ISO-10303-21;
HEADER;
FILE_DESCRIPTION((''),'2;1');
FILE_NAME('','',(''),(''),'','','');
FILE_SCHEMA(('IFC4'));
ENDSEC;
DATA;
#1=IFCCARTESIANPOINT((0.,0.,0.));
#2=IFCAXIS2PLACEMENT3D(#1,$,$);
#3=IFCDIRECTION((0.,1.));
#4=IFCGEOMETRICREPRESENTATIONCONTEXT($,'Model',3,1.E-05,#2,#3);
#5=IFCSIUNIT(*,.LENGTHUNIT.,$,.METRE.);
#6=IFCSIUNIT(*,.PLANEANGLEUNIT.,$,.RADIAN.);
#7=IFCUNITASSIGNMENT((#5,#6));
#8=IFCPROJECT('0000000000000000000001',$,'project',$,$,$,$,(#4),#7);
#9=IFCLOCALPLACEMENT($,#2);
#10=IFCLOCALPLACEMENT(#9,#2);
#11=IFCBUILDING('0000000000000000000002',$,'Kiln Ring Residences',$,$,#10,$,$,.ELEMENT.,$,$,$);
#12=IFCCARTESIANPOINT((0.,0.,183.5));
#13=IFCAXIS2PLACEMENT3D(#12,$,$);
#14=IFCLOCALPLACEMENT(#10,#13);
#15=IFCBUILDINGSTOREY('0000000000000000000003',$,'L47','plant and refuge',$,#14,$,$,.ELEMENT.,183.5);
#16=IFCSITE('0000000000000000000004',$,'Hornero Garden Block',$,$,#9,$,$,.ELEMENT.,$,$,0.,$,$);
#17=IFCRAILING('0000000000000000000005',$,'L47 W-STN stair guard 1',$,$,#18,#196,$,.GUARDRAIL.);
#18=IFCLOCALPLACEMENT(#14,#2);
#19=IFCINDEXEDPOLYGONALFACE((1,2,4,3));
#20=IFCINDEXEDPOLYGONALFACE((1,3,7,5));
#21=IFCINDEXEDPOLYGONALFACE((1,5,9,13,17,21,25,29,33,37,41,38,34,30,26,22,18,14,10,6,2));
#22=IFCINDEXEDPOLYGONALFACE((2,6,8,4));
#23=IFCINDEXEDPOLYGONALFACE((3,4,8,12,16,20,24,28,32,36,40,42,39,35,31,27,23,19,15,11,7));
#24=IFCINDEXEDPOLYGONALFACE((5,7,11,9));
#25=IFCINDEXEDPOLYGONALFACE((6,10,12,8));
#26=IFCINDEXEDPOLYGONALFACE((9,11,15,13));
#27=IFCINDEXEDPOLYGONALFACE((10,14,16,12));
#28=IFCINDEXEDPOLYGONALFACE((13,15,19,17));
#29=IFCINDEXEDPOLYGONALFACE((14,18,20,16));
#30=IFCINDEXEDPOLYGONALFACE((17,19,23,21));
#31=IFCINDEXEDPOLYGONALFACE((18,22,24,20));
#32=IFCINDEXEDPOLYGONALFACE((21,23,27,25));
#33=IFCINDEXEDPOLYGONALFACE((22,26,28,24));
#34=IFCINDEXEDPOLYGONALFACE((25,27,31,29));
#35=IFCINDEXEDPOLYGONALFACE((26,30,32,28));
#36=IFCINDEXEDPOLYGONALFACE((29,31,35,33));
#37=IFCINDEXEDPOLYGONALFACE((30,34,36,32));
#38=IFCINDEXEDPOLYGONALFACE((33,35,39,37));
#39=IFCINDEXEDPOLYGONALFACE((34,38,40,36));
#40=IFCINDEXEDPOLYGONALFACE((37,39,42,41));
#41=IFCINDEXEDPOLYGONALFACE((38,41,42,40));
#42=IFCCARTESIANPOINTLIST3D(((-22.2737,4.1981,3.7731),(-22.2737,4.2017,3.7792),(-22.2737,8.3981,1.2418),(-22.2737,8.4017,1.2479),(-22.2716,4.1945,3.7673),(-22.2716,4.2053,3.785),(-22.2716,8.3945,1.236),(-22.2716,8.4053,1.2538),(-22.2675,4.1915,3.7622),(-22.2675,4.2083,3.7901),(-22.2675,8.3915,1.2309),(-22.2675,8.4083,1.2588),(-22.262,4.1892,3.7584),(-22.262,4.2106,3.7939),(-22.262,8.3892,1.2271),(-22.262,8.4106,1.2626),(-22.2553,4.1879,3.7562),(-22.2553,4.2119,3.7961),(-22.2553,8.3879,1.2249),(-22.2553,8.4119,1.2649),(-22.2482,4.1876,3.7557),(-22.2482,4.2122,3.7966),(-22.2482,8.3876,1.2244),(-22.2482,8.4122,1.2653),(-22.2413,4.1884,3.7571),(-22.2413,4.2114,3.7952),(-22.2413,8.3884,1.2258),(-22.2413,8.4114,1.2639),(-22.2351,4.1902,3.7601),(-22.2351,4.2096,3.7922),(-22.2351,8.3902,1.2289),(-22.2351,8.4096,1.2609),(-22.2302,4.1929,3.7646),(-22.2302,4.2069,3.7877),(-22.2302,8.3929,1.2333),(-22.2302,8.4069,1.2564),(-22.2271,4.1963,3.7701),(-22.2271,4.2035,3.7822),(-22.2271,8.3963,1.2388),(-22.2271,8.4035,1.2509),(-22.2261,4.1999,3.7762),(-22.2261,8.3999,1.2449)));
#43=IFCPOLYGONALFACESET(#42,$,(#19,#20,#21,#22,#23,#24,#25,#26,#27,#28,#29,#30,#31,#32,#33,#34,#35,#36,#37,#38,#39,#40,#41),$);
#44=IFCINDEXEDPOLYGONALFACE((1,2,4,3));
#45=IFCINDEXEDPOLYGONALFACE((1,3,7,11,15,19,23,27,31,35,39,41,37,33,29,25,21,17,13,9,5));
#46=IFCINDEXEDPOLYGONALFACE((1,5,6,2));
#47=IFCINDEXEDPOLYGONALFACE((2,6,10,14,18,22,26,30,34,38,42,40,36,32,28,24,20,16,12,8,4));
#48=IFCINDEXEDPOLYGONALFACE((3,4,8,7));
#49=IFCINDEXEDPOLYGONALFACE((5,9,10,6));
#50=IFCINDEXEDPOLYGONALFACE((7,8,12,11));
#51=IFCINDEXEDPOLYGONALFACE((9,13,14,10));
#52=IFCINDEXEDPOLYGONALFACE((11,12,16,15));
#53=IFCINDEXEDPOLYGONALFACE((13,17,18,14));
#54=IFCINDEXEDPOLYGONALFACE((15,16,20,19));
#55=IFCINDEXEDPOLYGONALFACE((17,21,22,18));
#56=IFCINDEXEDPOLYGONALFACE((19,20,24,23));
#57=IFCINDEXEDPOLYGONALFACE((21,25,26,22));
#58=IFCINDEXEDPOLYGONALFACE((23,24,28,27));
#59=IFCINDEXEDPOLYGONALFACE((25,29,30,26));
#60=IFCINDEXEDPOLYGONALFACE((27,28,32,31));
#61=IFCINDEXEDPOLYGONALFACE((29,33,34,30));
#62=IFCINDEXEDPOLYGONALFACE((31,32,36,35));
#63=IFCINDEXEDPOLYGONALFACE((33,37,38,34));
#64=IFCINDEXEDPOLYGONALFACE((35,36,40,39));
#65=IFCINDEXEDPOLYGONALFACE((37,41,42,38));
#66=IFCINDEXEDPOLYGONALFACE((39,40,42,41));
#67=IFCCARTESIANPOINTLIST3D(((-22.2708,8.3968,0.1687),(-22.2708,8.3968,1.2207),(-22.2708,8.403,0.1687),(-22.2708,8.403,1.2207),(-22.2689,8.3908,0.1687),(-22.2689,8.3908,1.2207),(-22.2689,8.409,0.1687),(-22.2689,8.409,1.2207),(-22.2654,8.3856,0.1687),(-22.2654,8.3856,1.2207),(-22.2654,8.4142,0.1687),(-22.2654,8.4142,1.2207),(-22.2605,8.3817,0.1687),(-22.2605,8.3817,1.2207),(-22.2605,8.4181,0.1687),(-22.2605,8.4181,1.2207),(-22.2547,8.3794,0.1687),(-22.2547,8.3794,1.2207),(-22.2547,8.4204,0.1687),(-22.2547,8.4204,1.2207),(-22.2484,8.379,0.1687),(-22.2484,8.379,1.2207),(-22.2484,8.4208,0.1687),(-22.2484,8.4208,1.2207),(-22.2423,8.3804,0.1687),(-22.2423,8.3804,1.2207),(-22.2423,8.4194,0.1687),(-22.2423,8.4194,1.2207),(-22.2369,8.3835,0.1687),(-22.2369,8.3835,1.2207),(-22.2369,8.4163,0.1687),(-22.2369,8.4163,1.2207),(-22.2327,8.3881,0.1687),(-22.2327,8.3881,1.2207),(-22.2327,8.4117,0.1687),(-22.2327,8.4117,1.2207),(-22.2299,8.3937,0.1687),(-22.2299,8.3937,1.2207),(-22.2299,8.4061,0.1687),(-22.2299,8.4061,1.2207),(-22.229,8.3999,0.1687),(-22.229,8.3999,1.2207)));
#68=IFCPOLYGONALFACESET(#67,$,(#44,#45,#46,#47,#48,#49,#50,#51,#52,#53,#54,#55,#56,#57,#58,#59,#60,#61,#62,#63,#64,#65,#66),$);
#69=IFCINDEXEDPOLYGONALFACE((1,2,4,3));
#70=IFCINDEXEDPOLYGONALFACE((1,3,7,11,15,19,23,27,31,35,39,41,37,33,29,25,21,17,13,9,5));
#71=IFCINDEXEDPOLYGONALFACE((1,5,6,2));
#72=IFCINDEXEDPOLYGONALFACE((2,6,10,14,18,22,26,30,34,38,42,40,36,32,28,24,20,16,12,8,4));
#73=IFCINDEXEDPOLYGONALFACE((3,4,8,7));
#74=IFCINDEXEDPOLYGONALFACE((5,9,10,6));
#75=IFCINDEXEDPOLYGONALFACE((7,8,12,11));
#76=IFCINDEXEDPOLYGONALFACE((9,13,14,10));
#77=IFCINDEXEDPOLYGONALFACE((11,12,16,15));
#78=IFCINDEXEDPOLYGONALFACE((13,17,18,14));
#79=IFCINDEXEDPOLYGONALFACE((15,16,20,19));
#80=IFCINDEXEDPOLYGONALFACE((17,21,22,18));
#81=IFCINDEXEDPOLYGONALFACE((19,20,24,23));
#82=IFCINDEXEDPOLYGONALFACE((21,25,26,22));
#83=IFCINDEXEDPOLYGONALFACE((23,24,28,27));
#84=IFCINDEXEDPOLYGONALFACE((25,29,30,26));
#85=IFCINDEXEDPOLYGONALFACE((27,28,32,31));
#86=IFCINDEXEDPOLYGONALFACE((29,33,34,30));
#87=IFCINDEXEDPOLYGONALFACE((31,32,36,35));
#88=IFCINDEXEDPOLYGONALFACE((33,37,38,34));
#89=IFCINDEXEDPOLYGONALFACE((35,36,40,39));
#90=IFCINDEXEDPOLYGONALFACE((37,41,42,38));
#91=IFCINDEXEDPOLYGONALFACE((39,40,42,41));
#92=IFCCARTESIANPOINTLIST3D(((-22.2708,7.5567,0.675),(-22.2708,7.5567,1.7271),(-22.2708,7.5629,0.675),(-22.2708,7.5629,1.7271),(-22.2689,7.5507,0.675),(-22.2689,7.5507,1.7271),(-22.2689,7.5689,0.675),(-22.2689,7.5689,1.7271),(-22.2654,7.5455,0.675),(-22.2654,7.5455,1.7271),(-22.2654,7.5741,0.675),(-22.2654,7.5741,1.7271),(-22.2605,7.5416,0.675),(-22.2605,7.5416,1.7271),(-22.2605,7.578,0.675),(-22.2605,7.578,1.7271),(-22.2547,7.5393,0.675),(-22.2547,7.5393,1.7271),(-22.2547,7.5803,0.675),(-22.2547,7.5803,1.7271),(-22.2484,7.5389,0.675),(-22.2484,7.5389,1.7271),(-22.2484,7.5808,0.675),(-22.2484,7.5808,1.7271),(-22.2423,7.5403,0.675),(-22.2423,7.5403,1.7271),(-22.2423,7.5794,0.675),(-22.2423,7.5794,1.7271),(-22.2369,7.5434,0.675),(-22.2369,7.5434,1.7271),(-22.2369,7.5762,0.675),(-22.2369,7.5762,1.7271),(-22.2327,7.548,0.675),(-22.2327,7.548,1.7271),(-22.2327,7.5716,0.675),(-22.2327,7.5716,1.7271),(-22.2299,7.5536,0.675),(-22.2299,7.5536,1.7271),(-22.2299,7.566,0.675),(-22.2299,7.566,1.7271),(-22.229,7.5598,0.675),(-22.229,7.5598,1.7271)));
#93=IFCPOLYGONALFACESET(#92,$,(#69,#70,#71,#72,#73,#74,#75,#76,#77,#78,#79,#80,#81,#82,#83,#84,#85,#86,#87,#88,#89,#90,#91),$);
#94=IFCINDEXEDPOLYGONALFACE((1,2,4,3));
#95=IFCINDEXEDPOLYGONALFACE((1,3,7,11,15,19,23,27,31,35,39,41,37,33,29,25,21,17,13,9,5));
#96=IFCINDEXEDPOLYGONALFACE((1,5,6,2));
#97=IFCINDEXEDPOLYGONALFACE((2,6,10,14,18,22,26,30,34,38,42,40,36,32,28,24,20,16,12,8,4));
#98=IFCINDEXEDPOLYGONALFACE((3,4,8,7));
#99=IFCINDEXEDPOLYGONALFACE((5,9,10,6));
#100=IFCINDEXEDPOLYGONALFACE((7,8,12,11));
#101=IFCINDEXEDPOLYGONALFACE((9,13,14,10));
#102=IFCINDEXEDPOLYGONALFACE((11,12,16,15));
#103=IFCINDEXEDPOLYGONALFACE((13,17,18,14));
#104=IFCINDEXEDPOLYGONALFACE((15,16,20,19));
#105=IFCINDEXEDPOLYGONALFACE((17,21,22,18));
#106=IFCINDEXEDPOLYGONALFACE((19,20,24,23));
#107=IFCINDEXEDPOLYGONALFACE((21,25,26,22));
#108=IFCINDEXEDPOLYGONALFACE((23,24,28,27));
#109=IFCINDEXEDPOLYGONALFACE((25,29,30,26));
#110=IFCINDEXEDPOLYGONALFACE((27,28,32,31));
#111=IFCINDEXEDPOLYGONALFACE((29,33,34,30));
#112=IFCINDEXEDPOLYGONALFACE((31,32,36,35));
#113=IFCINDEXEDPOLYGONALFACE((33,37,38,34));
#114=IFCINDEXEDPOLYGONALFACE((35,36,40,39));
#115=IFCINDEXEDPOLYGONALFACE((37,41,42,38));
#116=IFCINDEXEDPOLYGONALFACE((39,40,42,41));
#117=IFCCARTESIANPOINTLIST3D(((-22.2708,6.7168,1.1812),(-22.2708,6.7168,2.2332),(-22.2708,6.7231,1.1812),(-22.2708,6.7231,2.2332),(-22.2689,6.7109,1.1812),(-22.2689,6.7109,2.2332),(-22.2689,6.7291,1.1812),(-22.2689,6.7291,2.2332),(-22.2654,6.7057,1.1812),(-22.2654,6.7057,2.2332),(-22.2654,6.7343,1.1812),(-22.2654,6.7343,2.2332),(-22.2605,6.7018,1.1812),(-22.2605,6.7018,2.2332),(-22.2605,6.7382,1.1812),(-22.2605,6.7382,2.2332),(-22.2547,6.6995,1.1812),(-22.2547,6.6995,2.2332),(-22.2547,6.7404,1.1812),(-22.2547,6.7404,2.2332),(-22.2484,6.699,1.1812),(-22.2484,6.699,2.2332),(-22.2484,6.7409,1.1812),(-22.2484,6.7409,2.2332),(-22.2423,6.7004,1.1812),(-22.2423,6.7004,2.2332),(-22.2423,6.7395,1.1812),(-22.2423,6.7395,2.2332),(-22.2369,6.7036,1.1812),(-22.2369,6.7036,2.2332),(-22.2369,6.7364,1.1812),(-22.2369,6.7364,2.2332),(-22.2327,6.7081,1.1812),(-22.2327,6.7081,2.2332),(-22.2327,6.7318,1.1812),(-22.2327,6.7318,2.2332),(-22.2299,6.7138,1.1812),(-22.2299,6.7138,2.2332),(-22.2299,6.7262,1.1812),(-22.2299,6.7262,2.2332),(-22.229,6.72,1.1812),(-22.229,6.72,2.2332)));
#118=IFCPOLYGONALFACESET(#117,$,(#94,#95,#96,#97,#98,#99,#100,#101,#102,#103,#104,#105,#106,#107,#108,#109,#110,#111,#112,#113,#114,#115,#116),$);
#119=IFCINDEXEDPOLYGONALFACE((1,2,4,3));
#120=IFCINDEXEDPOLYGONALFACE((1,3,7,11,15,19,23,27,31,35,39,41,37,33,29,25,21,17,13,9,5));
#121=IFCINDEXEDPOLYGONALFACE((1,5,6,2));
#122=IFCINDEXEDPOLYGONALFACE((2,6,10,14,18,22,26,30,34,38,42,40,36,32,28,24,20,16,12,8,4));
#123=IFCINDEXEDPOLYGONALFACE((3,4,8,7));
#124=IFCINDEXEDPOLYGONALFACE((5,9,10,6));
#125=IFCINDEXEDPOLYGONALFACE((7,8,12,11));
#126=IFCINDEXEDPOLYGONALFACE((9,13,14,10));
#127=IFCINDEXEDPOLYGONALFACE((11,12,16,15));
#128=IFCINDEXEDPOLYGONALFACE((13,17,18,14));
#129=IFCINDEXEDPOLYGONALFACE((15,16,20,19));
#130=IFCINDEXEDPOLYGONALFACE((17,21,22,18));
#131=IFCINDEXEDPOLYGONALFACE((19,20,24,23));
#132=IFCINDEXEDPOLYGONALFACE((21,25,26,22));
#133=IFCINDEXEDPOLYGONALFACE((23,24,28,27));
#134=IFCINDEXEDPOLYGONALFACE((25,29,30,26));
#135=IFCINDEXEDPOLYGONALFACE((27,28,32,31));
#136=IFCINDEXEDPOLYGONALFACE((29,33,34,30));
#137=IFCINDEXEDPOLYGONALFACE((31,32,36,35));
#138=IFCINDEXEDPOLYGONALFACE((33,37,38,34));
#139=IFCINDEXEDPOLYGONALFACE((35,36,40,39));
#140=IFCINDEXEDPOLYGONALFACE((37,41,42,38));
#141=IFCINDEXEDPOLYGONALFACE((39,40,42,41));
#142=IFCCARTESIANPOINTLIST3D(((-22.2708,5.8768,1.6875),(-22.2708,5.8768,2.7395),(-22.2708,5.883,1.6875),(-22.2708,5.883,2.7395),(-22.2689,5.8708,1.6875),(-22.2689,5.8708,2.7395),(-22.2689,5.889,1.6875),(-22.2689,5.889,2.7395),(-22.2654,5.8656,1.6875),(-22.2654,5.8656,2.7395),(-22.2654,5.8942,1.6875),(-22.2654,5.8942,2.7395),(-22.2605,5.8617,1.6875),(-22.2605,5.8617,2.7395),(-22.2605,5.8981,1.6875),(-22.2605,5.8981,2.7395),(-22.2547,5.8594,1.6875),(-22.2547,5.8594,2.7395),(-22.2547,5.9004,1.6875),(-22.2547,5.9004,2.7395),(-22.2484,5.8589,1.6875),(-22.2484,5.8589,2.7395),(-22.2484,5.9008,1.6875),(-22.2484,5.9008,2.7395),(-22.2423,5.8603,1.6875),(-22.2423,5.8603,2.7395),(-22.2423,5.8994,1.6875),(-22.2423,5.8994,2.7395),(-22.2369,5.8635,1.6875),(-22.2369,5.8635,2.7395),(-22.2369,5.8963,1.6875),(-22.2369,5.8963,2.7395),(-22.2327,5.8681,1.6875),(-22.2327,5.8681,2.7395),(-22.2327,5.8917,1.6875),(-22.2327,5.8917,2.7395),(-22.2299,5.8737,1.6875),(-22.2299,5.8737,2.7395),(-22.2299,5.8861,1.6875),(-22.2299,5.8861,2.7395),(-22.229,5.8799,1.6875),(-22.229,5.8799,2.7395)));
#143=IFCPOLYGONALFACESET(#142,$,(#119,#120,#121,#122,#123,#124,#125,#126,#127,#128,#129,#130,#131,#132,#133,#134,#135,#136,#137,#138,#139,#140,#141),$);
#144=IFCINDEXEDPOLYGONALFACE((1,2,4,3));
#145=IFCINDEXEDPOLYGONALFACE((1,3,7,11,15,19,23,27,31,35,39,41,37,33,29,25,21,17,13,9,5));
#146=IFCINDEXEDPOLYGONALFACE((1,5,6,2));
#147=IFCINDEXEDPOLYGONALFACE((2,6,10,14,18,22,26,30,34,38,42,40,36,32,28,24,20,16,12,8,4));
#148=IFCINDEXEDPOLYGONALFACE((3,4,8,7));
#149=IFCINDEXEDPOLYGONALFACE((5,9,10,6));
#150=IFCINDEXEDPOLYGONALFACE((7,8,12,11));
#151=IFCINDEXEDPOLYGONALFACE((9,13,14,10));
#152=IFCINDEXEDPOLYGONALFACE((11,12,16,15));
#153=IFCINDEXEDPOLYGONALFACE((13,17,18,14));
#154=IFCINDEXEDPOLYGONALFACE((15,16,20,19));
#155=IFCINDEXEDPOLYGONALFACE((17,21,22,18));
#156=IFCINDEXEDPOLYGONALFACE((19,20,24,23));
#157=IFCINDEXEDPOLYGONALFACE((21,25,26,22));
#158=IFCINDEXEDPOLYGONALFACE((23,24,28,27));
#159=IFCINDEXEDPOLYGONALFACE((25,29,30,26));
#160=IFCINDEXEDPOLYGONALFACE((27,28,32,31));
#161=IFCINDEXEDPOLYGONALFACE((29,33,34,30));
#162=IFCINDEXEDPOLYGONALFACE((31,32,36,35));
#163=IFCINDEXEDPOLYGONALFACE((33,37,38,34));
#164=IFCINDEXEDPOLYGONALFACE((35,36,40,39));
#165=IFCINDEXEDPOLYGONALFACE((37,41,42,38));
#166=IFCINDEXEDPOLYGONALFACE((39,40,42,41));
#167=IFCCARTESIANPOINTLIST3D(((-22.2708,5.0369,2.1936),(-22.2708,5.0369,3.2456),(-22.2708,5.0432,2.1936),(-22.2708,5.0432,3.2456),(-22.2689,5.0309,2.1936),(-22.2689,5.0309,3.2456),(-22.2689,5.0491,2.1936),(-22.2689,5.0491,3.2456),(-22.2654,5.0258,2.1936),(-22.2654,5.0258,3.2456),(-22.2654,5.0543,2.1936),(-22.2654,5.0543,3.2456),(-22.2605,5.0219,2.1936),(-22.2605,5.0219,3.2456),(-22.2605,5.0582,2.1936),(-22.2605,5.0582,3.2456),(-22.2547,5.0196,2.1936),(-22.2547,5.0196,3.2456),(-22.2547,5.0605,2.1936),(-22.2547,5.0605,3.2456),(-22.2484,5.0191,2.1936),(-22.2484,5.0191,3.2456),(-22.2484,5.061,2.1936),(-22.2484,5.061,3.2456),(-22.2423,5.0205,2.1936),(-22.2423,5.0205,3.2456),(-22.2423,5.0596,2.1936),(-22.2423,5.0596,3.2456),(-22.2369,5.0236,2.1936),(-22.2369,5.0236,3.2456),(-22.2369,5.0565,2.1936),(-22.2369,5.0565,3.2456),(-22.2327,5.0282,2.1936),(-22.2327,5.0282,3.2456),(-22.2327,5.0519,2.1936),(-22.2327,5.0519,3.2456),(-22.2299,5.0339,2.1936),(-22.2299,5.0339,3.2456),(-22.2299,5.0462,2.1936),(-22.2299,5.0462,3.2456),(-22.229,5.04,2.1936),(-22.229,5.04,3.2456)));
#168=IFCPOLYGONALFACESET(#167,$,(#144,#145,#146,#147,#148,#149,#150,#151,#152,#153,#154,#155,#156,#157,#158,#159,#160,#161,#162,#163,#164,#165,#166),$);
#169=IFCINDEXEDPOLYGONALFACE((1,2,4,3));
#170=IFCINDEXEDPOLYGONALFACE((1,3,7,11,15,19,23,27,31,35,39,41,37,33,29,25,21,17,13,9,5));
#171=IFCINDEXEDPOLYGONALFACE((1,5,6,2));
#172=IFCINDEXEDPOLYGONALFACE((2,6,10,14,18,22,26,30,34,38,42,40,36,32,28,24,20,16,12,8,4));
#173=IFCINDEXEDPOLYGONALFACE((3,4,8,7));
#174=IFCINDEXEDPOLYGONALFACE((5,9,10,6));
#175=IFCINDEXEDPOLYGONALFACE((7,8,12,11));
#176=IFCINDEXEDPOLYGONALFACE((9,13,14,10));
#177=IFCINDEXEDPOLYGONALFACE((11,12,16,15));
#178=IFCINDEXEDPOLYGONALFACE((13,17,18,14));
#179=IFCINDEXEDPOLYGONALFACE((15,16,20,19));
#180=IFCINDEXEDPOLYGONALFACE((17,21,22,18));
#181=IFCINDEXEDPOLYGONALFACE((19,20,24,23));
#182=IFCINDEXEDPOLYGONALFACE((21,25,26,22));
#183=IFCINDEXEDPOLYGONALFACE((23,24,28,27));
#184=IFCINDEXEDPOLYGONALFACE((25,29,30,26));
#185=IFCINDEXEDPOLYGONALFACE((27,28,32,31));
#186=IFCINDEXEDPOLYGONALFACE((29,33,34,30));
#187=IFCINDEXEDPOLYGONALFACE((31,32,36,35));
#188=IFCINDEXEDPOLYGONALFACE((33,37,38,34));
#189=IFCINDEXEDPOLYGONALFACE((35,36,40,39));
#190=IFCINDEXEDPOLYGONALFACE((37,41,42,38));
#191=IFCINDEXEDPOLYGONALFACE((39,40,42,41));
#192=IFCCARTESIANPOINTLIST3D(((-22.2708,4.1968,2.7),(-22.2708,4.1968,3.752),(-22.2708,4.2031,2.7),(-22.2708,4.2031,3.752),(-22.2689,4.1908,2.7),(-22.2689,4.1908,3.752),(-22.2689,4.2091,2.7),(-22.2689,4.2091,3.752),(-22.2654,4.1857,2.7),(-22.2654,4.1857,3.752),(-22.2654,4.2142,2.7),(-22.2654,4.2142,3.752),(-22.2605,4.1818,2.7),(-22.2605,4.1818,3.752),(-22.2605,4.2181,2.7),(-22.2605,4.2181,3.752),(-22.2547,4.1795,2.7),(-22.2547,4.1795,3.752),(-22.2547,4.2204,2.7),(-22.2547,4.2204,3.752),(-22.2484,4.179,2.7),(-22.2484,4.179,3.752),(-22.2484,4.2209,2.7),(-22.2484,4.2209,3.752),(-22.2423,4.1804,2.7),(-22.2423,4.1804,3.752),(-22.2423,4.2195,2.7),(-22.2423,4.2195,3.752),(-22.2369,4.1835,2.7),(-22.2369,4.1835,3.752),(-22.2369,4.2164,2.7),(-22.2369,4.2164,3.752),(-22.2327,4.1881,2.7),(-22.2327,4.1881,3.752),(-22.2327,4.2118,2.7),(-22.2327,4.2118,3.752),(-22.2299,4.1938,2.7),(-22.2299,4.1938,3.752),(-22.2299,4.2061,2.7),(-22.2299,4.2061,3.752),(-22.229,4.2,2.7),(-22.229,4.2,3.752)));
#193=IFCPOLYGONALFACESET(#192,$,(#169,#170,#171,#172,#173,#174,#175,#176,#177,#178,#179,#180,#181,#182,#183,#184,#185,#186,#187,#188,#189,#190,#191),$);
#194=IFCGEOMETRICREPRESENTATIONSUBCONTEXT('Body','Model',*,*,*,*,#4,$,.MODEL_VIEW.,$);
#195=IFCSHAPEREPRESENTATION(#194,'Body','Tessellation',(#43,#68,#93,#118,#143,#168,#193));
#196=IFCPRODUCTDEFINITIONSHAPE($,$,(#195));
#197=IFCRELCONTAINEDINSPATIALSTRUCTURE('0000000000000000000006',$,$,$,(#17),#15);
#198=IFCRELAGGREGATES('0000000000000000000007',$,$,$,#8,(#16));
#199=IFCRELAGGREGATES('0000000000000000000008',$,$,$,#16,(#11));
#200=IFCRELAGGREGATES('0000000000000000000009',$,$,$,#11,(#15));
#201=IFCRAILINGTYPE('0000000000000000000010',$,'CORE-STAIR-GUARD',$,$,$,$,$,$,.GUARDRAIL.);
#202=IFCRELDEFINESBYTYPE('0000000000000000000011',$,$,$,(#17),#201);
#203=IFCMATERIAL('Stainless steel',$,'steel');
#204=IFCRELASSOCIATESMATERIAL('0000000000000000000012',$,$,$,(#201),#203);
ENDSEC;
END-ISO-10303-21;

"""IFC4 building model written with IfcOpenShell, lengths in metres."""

from ifc_helpers import new_model, si_unit, direction, frame, origin, origin_2d, place, context, subcontext, project, spatial, circle, extrude, material, type_object, element, save


model = new_model("IFC4")

# Units and contexts
model_context = context("Model", 3, precision=1e-05, world=origin(), true_north=direction((0.0, 1.0)))
body_context = subcontext(model_context, "Body", "Model", "MODEL_VIEW")
ifc_project = project(units=[si_unit("LENGTHUNIT", "METRE"), si_unit("PLANEANGLEUNIT", "RADIAN")], contexts=[model_context])

# Site, building, storey
site_placement = place(None, origin())
site = spatial("IfcSite", under=ifc_project, at=site_placement, Name="Hornero Garden Block", CompositionType="ELEMENT", RefElevation=0.0)
building_placement = place(site_placement, origin())
building = spatial("IfcBuilding", under=site, at=building_placement, Name="Kiln Ring Residences", CompositionType="ELEMENT")
storey_placement = place(building_placement, frame((0.0, 0.0, 183.5)))
storey = spatial("IfcBuildingStorey", under=building, at=storey_placement, Name="L47", Description="plant and refuge", CompositionType="ELEMENT", Elevation=183.5)

# Railing
ifc_material_1 = material(Name="Stainless steel", Category="steel")
railing_type_1 = type_object("IfcRailingType", Name="CORE-STAIR-GUARD", PredefinedType="GUARDRAIL", material=ifc_material_1)
railing_1_placement = place(storey_placement, frame((-22.25, 8.3999, 0.1687)))
element("IfcRailing", 1, at=railing_1_placement, inside=storey, type_object=railing_type_1, Name="L47 W-STN stair guard 1", PredefinedType="GUARDRAIL", context=body_context, shape_type="SweptSolid", body=[
    extrude(circle(Radius=0.0239, at=origin_2d()), frame((0.0, 0.0, 1.0762), z_axis=(0.0, -0.856476, 0.516186), x_axis=(1.0, 0.0, 0.0)), (0.0, 0.0, 1.0), 4.9038),
    extrude(circle(Radius=0.021, at=origin_2d()), origin(), (0.0, 0.0, 1.0), 1.052),
    extrude(circle(Radius=0.021, at=origin_2d()), frame((0.0, -0.8401, 0.5063)), (0.0, 0.0, 1.0), 1.052),
    extrude(circle(Radius=0.021, at=origin_2d()), frame((0.0, -1.6799, 1.0125)), (0.0, 0.0, 1.0), 1.052),
    extrude(circle(Radius=0.021, at=origin_2d()), frame((0.0, -2.52, 1.5188)), (0.0, 0.0, 1.0), 1.052),
    extrude(circle(Radius=0.021, at=origin_2d()), frame((0.0, -3.3599, 2.0249)), (0.0, 0.0, 1.0), 1.052),
    extrude(circle(Radius=0.021, at=origin_2d()), frame((0.0, -4.2, 2.5312)), (0.0, 0.0, 1.0), 1.052),
])

save(model, "model.ifc")
